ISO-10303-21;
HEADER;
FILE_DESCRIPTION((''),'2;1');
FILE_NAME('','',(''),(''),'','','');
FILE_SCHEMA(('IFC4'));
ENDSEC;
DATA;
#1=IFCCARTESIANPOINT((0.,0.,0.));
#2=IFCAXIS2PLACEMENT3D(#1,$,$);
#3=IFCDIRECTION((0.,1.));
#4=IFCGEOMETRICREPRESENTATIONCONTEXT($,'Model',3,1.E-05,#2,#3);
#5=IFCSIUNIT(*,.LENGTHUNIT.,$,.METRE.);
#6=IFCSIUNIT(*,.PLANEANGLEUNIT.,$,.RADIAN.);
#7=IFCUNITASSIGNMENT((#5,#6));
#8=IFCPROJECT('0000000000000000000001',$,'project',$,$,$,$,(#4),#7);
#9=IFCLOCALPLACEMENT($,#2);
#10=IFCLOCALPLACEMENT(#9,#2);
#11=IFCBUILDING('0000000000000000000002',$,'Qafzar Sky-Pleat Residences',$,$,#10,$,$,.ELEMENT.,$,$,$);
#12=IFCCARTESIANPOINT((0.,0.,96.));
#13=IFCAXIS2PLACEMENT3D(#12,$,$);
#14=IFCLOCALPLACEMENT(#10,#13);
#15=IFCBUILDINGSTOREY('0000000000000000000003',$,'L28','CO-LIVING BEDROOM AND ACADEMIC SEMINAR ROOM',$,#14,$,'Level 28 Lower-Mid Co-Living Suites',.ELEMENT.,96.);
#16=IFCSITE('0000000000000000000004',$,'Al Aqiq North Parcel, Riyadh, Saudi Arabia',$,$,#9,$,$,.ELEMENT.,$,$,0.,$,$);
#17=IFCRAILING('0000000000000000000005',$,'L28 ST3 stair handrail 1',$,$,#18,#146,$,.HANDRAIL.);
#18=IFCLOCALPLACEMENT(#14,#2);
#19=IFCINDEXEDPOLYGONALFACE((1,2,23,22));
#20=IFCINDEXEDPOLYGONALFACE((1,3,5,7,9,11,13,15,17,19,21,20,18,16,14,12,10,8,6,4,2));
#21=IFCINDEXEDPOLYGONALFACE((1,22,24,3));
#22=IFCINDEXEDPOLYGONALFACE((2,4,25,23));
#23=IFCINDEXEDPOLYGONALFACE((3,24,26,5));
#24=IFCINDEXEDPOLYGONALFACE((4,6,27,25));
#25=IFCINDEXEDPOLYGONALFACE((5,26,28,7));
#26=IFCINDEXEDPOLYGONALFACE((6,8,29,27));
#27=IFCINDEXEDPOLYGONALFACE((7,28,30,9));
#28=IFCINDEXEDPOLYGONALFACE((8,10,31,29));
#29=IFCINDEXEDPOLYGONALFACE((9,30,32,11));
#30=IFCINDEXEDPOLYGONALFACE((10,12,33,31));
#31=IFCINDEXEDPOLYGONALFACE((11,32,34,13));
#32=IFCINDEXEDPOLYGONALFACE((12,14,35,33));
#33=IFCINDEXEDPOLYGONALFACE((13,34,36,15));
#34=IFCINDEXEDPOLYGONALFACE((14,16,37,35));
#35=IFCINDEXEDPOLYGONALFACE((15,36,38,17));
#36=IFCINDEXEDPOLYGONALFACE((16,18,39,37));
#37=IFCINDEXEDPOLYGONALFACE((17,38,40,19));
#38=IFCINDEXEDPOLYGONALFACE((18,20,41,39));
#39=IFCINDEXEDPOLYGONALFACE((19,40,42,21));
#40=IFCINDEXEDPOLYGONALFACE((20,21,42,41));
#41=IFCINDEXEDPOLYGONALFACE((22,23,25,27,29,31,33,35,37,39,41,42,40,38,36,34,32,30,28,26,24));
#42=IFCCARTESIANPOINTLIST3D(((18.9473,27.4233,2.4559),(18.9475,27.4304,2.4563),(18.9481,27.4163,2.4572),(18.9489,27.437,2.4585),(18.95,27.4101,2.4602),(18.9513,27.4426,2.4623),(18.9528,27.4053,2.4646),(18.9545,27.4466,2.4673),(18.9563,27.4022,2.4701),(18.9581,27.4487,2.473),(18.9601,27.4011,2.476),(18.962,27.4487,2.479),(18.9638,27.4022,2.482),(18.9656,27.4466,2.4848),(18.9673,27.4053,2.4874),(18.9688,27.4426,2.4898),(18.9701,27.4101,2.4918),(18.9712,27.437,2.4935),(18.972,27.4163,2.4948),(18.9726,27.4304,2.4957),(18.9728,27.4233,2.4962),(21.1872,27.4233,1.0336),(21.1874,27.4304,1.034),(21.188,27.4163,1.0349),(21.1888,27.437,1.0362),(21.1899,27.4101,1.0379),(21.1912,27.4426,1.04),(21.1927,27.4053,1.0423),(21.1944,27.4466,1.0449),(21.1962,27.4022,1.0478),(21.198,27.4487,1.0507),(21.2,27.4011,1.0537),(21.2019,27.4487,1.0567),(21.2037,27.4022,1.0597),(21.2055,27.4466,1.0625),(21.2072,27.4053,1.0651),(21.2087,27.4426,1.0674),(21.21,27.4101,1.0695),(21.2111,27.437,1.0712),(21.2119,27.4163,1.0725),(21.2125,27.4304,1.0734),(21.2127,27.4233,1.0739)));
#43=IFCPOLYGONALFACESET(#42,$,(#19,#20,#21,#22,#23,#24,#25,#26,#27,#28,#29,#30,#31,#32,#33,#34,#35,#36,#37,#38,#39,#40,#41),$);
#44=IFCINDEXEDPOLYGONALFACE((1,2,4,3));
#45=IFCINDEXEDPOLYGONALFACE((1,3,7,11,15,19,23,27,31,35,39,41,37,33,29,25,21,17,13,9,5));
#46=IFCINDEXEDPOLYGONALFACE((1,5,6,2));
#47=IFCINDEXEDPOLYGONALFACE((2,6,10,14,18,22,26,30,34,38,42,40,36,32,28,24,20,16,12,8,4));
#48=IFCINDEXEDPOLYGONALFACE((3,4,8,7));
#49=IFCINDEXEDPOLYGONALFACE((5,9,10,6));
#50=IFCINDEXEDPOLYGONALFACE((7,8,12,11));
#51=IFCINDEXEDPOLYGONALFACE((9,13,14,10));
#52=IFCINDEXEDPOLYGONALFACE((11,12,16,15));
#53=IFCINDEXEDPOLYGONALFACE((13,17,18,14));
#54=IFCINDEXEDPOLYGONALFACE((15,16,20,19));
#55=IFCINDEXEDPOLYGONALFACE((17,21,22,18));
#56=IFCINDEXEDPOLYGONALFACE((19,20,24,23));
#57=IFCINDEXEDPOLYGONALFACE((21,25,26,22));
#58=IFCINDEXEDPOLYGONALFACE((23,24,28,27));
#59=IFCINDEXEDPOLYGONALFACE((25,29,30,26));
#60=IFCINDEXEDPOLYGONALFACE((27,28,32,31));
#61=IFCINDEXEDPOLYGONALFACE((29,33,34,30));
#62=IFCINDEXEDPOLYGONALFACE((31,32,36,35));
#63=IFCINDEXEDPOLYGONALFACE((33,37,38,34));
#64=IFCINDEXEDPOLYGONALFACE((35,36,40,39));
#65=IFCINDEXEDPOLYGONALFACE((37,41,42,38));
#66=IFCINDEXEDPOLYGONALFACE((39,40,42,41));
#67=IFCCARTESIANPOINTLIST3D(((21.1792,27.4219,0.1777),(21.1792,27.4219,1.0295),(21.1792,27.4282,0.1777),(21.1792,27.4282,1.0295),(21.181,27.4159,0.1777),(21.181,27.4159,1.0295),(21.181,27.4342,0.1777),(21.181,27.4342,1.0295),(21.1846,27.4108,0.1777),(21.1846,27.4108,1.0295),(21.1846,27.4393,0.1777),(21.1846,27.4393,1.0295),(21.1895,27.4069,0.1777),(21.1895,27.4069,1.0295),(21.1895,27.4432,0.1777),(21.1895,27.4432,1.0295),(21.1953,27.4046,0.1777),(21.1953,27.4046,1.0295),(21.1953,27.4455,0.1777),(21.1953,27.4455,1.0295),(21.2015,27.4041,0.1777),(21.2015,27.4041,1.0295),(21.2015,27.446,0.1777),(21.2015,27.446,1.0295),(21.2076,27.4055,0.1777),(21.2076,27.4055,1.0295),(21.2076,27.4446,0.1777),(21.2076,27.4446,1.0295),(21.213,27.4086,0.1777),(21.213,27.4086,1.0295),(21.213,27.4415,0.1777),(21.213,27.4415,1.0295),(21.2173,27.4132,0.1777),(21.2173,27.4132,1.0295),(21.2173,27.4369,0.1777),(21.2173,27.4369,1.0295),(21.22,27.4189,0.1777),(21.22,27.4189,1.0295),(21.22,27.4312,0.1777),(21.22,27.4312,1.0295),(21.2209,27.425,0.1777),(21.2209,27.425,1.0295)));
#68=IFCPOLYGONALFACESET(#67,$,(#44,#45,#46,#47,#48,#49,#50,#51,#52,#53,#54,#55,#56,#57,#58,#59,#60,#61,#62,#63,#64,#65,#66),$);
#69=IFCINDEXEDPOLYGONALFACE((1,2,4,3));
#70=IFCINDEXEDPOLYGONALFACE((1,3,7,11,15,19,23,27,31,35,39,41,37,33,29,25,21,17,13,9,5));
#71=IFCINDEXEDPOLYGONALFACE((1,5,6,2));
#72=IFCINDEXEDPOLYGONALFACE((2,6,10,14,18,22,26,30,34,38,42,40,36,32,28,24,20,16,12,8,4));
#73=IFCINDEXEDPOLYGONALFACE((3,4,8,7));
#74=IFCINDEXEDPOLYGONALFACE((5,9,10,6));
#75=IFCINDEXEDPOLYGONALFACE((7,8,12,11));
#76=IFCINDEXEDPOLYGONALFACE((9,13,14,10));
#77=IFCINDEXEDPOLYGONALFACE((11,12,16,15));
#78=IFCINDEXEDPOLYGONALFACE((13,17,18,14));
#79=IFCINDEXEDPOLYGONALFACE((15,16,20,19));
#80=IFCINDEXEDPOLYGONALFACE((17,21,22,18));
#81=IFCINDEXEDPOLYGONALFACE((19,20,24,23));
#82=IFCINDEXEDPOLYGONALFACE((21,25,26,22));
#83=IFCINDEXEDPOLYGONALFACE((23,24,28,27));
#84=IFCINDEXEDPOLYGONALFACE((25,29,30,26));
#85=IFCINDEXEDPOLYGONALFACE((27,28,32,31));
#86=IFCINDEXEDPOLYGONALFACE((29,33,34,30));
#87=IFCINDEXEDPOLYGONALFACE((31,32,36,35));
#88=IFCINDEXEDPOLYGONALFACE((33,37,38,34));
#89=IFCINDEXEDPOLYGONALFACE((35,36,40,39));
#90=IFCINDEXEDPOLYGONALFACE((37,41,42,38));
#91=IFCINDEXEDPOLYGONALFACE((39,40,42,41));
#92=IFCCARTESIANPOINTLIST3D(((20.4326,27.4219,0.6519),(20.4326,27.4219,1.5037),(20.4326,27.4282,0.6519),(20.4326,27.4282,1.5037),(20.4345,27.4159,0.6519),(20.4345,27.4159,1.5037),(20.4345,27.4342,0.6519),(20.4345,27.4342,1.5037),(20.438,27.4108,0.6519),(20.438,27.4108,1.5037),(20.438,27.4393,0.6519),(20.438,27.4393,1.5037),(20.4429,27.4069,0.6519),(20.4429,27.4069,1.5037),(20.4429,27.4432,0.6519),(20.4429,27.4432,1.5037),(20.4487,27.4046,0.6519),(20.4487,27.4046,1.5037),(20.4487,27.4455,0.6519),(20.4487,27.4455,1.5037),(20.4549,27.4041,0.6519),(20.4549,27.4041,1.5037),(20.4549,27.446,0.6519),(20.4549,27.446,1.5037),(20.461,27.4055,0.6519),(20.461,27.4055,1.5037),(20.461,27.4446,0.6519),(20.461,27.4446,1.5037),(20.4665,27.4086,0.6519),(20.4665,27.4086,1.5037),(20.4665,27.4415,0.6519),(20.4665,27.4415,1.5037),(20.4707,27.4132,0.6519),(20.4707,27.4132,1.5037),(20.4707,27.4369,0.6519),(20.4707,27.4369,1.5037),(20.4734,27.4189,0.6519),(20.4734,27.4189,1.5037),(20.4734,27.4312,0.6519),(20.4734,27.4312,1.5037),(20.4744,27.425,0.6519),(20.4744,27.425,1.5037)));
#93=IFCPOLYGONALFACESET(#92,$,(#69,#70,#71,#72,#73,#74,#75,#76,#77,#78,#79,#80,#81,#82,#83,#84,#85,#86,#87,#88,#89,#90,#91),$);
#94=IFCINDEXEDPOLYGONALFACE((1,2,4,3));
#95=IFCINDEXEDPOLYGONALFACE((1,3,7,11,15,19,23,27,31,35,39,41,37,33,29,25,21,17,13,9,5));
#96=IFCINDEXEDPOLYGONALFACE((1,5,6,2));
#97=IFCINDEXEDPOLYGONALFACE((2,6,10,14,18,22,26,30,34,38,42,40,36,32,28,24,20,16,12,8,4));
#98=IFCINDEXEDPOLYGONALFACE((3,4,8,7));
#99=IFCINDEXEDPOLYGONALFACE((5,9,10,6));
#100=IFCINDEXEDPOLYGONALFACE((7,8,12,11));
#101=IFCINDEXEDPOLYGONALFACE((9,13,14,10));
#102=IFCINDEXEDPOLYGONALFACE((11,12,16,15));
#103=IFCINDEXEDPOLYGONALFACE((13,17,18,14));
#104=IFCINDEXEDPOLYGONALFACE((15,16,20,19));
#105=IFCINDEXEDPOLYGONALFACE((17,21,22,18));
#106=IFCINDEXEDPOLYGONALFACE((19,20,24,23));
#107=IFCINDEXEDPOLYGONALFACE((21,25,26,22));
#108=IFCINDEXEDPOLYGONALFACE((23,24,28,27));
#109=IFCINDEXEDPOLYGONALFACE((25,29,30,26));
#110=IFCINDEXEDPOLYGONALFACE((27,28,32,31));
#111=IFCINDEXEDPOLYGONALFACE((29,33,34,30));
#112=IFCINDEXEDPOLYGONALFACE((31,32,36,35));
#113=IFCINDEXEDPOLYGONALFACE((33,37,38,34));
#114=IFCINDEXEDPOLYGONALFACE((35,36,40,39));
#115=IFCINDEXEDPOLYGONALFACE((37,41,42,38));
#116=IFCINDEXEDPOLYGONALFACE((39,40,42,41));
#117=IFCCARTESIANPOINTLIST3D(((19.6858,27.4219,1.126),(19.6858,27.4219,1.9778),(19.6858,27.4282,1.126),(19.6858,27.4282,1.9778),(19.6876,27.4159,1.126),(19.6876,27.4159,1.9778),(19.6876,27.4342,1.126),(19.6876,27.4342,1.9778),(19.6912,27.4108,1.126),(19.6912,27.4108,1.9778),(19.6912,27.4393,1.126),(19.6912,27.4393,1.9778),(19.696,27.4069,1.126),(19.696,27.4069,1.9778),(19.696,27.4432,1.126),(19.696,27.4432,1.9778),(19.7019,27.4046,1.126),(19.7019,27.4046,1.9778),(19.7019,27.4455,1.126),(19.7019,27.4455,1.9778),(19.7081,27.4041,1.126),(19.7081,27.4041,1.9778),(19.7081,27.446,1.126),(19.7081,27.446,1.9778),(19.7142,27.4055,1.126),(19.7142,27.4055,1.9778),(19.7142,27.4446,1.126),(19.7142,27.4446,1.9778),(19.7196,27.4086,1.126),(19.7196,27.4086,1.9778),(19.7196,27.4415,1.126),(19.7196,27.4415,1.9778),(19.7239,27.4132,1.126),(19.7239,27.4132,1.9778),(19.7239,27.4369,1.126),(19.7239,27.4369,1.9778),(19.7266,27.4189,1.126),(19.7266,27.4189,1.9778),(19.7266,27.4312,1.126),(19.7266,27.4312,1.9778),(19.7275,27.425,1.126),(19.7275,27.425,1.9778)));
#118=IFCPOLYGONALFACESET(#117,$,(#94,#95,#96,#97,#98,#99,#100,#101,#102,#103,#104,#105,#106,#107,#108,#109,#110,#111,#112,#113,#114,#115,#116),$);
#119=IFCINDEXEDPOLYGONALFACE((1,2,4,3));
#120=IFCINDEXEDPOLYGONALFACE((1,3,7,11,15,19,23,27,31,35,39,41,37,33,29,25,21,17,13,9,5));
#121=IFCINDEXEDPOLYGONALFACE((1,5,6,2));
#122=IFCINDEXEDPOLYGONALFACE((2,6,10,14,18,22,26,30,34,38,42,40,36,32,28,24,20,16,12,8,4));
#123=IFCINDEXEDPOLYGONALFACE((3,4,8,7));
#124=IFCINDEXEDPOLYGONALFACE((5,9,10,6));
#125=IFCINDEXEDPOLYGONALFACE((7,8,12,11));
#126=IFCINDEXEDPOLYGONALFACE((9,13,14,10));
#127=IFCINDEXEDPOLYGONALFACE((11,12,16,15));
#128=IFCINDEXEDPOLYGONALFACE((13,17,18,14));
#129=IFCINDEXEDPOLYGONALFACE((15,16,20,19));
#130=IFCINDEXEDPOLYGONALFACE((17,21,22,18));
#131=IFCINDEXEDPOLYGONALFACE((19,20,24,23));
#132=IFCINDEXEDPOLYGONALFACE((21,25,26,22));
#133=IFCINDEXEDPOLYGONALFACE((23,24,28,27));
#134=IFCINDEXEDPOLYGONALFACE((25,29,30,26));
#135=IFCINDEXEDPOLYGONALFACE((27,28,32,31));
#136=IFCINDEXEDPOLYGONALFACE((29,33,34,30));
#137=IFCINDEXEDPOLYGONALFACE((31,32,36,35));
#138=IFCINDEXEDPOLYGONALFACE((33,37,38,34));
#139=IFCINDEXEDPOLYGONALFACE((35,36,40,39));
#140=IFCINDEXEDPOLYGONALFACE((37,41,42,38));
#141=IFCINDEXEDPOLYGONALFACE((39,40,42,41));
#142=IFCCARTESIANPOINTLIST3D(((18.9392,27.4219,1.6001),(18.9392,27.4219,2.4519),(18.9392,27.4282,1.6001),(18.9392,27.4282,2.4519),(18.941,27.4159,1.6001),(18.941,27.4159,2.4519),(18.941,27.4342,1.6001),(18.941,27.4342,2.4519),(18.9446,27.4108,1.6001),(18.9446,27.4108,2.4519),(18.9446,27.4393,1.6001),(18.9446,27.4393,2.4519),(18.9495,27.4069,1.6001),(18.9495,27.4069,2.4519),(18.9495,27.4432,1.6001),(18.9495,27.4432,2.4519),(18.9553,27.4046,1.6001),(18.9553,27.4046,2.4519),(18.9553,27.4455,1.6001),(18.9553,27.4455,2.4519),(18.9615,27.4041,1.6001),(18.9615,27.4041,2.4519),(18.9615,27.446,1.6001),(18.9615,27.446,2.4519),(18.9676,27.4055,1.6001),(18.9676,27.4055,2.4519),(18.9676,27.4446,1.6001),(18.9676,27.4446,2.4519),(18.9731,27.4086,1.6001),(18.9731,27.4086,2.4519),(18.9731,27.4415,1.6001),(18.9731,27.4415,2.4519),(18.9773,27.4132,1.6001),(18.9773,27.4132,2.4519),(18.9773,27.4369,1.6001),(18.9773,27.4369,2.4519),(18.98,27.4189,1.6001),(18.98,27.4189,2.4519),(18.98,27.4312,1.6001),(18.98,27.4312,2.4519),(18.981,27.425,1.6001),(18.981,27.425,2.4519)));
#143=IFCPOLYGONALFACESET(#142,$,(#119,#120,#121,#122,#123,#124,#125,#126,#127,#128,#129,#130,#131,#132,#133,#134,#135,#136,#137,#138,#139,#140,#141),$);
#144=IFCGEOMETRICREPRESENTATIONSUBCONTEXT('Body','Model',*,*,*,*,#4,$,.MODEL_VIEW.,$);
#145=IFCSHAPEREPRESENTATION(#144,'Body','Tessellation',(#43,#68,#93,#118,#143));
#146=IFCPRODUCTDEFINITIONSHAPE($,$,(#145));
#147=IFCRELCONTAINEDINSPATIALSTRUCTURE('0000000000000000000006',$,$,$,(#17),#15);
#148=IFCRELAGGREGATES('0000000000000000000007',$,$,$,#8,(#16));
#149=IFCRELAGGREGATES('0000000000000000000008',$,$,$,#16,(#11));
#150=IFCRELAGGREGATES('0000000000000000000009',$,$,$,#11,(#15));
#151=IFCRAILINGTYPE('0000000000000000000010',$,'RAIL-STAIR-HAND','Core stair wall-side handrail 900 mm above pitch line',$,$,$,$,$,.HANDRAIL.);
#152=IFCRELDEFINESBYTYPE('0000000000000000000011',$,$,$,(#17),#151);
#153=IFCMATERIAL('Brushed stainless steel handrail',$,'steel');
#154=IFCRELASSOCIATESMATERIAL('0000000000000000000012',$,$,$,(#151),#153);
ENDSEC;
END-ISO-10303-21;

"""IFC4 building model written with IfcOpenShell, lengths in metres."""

from ifc_helpers import new_model, si_unit, direction, frame, origin, origin_2d, place, context, subcontext, project, spatial, circle, extrude, source, transform, mapped, material, type_object, element, save


model = new_model("IFC4")

# Units and contexts
model_context = context("Model", 3, precision=1e-05, world=origin(), true_north=direction((0.0, 1.0)))
body_context = subcontext(model_context, "Body", "Model", "MODEL_VIEW")
ifc_project = project(units=[si_unit("LENGTHUNIT", "METRE"), si_unit("PLANEANGLEUNIT", "RADIAN")], contexts=[model_context])

# Site, building, storey
site_placement = place(None, origin())
site = spatial("IfcSite", under=ifc_project, at=site_placement, Name="Al Aqiq North Parcel, Riyadh, Saudi Arabia", CompositionType="ELEMENT", RefElevation=0.0)
building_placement = place(site_placement, origin())
building = spatial("IfcBuilding", under=site, at=building_placement, Name="Qafzar Sky-Pleat Residences", CompositionType="ELEMENT")
storey_placement = place(building_placement, frame((0.0, 0.0, 96.0)))
storey = spatial("IfcBuildingStorey", under=building, at=storey_placement, Name="L28", Description="CO-LIVING BEDROOM AND ACADEMIC SEMINAR ROOM", LongName="Level 28 Lower-Mid Co-Living Suites", CompositionType="ELEMENT", Elevation=96.0)

# Railing
ifc_material_1 = material(Name="Brushed stainless steel handrail", Category="steel")
railing_type = type_object("IfcRailingType", Name="RAIL-STAIR-HAND", Description="Core stair wall-side handrail 900 mm above pitch line", PredefinedType="HANDRAIL", material=ifc_material_1)
shared_shape_1 = source(origin(), body_context, "Body", "SweptSolid", [
    extrude(circle(Radius=0.0239, at=origin_2d()), frame((0.0, 0.0, 0.876), z_axis=(-0.844188, 0.0, 0.536048), x_axis=(0.0, -1.0, 0.0)), (0.0, 0.0, 1.0), 2.6533),
    extrude(circle(Radius=0.021, at=origin_2d()), origin(), (0.0, 0.0, 1.0), 0.8518),
    extrude(circle(Radius=0.021, at=origin_2d()), frame((-0.7466, 0.0, 0.4741)), (0.0, 0.0, 1.0), 0.8518),
    extrude(circle(Radius=0.021, at=origin_2d()), frame((-1.4934, 0.0, 0.9482)), (0.0, 0.0, 1.0), 0.8518),
    extrude(circle(Radius=0.021, at=origin_2d()), frame((-2.24, 0.0, 1.4224)), (0.0, 0.0, 1.0), 0.8518),
])
railing_placement = place(storey_placement, frame((21.2, 27.425, 0.1777)))
element("IfcRailing", 1, at=railing_placement, inside=storey, type_object=railing_type, Name="L28 ST3 stair handrail 1", PredefinedType="HANDRAIL", context=body_context, shape_type="MappedRepresentation", body=[
    mapped(shared_shape_1, transform((0.0, 0.0, 0.0), x_axis=(1.0, 0.0, 0.0), y_axis=(0.0, 1.0, 0.0), z_axis=(0.0, 0.0, 1.0), scale=1.0)),
])

save(model, "model.ifc")
